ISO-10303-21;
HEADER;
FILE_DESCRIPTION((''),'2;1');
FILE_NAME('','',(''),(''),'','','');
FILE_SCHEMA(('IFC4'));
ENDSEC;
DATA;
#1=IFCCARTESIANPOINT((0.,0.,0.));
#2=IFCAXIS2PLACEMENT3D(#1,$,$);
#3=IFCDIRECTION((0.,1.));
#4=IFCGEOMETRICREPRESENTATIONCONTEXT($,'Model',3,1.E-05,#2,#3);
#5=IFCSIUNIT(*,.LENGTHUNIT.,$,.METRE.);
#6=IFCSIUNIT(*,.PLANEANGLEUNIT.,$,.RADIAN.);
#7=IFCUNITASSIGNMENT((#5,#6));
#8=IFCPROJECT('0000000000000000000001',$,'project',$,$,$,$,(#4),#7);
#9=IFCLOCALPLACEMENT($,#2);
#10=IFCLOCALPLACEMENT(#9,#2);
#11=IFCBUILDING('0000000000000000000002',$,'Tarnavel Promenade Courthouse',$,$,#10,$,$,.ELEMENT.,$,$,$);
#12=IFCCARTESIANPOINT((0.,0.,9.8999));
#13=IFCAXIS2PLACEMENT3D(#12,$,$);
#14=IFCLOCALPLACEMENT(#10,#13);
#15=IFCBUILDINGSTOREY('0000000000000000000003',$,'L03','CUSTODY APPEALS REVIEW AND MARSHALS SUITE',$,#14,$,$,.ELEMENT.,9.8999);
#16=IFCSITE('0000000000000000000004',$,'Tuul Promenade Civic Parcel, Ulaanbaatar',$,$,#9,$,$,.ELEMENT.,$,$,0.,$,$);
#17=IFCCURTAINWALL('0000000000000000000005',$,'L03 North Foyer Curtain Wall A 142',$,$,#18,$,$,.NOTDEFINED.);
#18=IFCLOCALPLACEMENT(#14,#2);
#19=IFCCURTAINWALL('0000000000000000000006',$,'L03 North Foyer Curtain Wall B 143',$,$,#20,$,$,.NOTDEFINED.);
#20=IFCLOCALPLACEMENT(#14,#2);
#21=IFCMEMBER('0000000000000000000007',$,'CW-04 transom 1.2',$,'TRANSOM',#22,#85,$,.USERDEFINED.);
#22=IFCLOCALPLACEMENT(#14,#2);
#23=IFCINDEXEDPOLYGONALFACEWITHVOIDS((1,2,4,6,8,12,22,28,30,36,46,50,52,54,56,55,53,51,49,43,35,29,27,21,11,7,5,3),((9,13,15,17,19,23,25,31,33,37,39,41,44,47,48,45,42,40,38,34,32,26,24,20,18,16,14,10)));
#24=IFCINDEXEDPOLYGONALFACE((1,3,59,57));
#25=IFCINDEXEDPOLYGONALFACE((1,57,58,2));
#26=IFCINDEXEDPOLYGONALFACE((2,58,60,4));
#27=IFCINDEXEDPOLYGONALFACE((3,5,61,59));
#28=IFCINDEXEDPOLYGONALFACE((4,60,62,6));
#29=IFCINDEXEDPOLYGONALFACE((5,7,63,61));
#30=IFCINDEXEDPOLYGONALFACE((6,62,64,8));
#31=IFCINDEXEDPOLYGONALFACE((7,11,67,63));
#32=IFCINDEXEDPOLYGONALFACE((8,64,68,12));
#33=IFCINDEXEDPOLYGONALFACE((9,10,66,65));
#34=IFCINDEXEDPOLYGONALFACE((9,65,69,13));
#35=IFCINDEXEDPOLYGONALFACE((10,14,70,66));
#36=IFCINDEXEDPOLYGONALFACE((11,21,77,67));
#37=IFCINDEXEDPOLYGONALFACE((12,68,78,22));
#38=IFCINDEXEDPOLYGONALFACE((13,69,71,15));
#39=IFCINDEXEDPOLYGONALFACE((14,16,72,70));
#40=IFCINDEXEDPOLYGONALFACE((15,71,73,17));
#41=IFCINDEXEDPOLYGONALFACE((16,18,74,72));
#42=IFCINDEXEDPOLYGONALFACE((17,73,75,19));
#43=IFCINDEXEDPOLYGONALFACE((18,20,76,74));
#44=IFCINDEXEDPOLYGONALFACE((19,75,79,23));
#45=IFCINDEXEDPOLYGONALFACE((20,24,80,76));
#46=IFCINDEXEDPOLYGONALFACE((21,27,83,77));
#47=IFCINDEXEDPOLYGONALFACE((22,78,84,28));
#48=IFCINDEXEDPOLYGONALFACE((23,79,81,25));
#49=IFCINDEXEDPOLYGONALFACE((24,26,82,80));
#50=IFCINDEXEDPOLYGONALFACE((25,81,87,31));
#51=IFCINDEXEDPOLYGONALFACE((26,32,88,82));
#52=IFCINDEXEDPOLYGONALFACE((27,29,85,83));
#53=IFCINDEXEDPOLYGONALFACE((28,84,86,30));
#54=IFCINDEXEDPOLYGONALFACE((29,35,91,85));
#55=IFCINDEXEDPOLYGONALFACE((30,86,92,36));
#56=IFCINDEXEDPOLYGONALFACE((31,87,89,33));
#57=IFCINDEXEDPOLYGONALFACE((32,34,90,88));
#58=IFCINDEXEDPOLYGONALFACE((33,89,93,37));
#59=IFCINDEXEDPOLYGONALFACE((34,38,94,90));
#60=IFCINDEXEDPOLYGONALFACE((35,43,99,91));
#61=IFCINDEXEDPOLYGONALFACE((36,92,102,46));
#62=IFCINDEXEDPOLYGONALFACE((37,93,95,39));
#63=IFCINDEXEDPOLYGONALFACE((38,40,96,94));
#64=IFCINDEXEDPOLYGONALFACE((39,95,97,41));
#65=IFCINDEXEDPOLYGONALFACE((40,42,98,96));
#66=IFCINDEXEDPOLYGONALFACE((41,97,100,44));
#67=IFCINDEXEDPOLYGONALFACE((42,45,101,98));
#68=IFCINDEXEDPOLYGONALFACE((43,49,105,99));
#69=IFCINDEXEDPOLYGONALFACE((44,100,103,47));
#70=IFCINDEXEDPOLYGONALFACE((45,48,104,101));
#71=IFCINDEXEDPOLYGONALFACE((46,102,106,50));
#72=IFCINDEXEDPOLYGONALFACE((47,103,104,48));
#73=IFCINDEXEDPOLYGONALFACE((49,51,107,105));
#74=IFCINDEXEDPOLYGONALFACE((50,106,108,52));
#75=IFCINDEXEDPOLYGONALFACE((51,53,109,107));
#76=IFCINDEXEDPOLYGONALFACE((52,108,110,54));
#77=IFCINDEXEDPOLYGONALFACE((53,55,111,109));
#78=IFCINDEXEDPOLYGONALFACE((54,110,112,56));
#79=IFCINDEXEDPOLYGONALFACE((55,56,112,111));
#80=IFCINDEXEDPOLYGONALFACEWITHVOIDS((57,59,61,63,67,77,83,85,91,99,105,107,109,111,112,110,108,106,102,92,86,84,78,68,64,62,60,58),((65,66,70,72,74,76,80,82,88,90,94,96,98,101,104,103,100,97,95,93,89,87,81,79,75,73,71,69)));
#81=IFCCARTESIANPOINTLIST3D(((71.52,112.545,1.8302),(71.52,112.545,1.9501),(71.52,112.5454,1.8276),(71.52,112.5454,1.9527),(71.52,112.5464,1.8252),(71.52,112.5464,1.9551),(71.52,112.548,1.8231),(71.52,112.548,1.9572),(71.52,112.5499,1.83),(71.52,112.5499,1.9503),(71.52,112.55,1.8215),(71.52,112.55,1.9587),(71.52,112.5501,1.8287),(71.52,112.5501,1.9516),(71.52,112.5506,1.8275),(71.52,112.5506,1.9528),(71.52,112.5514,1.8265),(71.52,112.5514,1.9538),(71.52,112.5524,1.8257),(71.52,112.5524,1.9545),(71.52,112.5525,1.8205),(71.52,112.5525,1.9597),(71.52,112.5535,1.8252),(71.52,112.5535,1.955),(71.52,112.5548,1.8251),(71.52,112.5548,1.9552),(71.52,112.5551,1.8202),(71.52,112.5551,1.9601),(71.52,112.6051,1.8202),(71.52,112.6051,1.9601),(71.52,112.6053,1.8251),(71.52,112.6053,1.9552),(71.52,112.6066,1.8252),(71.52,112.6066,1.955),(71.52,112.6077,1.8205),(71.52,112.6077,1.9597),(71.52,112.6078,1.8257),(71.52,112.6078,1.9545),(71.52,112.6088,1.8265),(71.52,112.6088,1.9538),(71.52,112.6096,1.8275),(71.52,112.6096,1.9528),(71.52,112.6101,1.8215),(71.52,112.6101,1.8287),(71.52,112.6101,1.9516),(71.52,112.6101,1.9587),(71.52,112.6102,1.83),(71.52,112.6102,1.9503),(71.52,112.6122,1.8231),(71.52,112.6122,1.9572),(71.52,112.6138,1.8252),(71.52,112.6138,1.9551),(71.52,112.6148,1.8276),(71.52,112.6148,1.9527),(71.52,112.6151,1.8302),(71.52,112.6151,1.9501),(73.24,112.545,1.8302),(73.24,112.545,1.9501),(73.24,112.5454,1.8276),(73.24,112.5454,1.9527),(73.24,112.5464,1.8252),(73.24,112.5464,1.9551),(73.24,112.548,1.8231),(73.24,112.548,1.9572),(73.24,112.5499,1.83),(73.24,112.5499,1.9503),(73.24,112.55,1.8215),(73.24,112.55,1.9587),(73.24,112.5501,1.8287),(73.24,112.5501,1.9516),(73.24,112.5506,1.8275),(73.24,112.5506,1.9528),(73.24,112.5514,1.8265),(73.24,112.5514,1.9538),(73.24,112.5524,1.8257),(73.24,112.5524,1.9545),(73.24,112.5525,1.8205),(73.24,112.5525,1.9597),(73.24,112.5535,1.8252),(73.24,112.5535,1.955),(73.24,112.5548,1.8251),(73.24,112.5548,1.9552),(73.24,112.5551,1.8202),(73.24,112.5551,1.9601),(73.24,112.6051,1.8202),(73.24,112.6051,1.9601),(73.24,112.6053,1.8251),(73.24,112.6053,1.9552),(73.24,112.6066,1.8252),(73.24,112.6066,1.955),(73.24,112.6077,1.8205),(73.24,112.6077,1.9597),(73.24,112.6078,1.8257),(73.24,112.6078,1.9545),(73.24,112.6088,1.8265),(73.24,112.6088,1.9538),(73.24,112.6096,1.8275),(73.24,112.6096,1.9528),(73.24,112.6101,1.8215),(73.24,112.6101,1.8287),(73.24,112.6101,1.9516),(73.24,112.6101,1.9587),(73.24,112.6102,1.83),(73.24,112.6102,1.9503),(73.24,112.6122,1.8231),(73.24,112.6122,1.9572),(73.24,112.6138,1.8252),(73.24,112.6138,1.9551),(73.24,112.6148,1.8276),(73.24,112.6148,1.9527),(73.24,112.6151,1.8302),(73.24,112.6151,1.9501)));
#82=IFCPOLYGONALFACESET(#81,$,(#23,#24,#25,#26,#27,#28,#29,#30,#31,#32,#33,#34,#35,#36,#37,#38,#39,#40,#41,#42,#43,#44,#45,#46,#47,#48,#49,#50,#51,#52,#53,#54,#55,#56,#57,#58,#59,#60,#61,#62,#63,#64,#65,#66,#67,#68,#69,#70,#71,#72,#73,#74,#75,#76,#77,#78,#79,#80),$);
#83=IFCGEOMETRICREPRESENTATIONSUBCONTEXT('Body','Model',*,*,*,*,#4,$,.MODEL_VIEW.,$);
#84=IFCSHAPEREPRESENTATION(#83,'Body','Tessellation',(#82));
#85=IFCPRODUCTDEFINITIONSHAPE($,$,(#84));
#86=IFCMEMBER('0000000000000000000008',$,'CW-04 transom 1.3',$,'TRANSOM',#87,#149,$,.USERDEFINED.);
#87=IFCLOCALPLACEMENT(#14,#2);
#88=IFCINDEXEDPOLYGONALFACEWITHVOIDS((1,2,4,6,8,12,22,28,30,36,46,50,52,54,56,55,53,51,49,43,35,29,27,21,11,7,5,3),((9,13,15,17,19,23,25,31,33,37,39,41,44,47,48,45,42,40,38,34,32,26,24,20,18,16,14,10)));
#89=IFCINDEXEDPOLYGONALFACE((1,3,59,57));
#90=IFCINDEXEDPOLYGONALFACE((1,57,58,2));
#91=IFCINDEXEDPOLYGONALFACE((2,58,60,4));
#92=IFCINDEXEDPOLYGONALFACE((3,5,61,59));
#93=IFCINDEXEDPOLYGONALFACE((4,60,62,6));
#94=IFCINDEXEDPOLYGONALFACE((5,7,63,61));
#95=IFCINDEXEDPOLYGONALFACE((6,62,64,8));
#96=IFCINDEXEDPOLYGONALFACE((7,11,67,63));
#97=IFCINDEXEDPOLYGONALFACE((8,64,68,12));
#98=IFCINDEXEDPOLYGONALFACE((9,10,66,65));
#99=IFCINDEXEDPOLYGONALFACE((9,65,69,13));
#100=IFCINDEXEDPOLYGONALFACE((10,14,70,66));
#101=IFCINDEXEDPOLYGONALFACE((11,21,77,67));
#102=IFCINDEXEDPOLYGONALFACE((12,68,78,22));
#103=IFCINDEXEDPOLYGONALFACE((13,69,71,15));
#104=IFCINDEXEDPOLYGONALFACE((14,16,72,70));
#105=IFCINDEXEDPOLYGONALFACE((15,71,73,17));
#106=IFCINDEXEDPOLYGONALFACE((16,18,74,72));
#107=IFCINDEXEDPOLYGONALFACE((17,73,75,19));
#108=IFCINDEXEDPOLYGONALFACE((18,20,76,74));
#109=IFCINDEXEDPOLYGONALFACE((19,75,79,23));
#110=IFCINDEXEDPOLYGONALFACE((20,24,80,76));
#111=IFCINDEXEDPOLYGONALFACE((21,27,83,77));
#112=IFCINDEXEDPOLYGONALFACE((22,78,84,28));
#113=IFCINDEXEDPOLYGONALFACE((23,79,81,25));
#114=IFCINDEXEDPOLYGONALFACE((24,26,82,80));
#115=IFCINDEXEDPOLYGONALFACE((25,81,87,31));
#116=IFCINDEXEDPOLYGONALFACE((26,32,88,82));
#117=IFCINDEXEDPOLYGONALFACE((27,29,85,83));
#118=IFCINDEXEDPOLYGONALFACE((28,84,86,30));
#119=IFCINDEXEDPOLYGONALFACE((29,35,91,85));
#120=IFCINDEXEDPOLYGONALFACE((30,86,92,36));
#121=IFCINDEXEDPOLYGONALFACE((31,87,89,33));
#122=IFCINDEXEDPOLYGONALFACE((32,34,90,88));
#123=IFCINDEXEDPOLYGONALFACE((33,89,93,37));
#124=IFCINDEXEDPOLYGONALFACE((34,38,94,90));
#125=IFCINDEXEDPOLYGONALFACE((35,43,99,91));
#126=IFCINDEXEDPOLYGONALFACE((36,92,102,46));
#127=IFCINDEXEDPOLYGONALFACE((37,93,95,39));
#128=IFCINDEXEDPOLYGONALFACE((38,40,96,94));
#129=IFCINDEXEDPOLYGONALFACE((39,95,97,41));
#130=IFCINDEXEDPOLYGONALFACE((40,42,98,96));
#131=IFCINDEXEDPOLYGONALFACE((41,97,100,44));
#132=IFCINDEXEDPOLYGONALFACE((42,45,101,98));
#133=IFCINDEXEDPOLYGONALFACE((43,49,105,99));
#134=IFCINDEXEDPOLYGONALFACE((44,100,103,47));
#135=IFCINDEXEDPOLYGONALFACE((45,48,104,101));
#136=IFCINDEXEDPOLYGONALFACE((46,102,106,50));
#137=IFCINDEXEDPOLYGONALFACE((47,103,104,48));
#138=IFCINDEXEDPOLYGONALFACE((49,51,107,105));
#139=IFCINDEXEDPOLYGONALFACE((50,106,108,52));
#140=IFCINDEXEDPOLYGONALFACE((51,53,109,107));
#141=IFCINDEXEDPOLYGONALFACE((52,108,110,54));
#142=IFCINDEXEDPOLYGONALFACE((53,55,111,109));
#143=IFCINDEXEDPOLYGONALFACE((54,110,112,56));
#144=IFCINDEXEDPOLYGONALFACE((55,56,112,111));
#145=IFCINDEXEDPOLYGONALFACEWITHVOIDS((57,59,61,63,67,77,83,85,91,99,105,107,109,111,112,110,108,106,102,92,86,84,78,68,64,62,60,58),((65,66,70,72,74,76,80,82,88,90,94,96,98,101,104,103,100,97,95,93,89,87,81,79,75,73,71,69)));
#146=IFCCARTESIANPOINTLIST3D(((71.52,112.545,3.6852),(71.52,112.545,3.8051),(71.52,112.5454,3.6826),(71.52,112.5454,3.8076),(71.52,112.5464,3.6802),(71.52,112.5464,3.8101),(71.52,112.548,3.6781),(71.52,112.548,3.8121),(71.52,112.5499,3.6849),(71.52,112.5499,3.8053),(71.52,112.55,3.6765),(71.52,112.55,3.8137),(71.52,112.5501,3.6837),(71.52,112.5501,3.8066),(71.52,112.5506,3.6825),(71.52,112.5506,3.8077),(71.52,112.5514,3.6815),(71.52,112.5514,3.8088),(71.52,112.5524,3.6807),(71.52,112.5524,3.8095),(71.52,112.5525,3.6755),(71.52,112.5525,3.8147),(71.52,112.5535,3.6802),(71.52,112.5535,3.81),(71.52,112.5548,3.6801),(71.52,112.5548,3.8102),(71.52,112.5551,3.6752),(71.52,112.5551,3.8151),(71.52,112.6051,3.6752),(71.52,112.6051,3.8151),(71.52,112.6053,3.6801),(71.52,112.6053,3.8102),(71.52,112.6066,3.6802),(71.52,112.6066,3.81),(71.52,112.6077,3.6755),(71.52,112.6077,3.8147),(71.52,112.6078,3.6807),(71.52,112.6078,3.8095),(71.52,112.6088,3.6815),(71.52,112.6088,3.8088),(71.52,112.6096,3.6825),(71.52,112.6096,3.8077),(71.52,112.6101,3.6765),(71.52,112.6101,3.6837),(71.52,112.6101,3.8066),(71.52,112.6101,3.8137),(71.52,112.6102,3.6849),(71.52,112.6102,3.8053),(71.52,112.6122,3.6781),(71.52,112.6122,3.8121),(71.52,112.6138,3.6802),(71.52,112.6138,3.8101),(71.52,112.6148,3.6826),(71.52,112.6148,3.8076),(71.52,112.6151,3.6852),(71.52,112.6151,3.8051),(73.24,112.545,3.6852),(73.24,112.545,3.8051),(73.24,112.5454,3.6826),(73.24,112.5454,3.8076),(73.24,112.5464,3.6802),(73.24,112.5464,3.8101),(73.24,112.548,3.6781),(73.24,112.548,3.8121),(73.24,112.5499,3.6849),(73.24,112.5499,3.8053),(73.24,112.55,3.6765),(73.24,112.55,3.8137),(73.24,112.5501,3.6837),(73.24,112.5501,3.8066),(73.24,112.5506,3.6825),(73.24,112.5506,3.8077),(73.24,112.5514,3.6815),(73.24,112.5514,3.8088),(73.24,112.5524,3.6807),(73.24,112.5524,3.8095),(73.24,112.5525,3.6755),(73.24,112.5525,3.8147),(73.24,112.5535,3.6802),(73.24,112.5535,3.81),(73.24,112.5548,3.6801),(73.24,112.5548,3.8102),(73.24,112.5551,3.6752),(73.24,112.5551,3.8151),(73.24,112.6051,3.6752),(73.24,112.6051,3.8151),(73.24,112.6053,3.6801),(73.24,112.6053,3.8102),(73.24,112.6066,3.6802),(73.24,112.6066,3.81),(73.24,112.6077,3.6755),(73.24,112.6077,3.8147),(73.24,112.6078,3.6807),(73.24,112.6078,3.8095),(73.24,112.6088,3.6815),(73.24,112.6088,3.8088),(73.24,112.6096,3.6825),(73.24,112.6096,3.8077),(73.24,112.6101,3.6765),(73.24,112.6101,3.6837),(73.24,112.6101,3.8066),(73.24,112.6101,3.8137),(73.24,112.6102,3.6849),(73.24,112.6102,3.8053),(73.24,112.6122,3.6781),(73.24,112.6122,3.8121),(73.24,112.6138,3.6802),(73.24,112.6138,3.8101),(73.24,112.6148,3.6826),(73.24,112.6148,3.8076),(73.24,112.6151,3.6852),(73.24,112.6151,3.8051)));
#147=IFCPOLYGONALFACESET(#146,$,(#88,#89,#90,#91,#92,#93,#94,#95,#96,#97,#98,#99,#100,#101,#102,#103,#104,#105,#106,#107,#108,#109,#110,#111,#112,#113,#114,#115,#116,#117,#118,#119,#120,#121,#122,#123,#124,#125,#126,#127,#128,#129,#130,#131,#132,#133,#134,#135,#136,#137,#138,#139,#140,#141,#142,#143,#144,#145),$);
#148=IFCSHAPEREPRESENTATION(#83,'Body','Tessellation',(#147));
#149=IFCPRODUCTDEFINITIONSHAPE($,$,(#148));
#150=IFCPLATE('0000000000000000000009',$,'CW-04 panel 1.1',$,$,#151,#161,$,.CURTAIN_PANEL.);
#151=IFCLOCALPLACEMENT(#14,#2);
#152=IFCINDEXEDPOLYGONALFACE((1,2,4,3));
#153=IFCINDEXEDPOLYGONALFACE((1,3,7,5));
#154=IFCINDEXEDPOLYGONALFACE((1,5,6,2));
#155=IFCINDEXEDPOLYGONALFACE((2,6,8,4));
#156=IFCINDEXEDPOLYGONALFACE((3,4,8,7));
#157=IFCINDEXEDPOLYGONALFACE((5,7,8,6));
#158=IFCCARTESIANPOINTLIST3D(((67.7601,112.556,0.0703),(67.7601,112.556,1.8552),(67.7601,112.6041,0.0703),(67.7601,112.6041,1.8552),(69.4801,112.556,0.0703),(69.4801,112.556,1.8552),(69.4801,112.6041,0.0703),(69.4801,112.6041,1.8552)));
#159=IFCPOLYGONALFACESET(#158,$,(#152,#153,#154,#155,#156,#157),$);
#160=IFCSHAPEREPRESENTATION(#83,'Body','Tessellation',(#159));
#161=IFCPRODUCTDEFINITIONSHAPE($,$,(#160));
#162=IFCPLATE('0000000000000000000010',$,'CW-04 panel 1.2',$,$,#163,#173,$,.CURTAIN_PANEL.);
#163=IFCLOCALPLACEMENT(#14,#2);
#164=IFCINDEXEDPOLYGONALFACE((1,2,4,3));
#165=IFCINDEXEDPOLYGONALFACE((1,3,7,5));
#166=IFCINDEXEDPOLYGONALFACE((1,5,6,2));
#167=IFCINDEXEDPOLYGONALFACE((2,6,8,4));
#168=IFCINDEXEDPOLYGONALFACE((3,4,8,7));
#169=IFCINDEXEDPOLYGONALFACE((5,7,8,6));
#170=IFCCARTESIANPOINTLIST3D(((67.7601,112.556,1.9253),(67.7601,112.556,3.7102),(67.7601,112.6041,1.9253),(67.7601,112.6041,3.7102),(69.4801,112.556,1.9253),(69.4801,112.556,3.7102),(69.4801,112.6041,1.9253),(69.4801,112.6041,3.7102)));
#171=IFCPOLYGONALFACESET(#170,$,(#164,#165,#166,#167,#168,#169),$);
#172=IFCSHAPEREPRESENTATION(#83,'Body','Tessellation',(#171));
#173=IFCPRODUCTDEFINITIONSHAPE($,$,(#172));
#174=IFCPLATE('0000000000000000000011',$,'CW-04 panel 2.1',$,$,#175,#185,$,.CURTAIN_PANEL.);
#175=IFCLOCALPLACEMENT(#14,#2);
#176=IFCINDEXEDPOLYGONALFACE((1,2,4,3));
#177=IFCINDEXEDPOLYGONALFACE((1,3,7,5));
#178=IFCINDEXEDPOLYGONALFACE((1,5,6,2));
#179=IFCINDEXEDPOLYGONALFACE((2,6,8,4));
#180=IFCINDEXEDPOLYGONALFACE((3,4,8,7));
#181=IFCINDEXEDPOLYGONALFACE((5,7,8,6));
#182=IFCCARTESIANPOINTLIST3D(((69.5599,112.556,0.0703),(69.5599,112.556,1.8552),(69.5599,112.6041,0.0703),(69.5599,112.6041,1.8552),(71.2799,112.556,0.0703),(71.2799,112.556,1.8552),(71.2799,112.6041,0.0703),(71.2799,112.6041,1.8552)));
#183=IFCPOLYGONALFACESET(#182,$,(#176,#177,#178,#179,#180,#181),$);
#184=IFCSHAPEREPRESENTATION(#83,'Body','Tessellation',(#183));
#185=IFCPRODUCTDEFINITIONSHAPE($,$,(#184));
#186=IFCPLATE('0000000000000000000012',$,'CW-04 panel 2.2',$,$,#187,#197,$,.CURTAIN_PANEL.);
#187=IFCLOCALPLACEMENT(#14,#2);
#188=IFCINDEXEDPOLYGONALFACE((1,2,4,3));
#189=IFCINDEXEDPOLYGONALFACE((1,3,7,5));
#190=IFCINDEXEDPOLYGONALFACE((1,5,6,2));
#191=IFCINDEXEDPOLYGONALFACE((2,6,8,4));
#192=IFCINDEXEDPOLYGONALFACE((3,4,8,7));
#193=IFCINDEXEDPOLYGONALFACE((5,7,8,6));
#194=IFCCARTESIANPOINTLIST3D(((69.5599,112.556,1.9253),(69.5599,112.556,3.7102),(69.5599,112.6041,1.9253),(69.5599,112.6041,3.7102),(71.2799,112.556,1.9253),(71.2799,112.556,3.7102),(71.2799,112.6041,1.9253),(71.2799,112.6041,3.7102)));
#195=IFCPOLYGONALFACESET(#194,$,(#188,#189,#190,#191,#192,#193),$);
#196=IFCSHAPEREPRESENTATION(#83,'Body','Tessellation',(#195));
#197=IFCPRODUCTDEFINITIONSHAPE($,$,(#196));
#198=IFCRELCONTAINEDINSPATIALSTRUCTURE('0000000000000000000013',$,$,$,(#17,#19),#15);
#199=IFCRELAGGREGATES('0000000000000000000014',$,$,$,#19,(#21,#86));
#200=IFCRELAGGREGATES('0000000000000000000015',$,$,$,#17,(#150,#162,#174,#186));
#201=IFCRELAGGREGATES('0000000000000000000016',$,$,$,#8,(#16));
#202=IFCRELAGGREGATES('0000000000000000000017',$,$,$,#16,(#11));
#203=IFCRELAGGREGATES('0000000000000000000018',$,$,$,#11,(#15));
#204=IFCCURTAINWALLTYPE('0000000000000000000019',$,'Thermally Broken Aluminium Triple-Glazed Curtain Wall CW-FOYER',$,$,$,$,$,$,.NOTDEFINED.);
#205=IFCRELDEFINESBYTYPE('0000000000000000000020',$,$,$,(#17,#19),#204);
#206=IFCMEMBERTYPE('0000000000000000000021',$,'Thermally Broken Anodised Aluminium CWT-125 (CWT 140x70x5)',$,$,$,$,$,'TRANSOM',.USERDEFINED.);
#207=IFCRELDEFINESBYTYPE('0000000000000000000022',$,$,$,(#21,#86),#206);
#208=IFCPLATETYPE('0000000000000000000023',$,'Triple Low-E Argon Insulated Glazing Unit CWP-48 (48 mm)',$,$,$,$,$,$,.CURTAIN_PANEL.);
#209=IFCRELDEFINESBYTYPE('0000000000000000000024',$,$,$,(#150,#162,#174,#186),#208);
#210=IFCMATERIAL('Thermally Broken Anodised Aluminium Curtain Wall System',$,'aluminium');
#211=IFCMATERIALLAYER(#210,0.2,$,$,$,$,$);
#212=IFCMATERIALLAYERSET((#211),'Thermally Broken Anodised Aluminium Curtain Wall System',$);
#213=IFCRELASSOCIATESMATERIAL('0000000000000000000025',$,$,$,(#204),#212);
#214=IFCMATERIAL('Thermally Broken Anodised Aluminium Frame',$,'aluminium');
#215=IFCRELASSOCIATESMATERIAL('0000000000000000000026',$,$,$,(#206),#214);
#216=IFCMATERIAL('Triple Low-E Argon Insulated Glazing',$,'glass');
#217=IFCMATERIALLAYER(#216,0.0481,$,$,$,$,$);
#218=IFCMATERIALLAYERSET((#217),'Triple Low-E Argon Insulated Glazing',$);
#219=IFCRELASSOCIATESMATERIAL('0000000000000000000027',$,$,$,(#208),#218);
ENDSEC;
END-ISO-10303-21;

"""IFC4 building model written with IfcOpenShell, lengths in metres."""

from ifc_helpers import new_model, si_unit, direction, frame, origin, origin_2d, place, context, subcontext, project, spatial, rectangle, hollow_rectangle, extrude, material, layer, layer_set, material_profile, profile_set, type_object, element, aggregate, save


model = new_model("IFC4")

# Units and contexts
model_context = context("Model", 3, precision=1e-05, world=origin(), true_north=direction((0.0, 1.0)))
body_context = subcontext(model_context, "Body", "Model", "MODEL_VIEW")
ifc_project = project(units=[si_unit("LENGTHUNIT", "METRE"), si_unit("PLANEANGLEUNIT", "RADIAN")], contexts=[model_context])

# Site, building, storey
site_placement = place(None, origin())
site = spatial("IfcSite", under=ifc_project, at=site_placement, Name="Tuul Promenade Civic Parcel, Ulaanbaatar", CompositionType="ELEMENT", RefElevation=0.0)
building_placement = place(site_placement, origin())
building = spatial("IfcBuilding", under=site, at=building_placement, Name="Tarnavel Promenade Courthouse", CompositionType="ELEMENT")
storey_placement = place(building_placement, frame((0.0, 0.0, 9.8999)))
storey = spatial("IfcBuildingStorey", under=building, at=storey_placement, Name="L03", Description="CUSTODY APPEALS REVIEW AND MARSHALS SUITE", CompositionType="ELEMENT", Elevation=9.8999)

# Curtain wall
ifc_material_1 = material(Name="Thermally Broken Anodised Aluminium Curtain Wall System", Category="aluminium")
ifc_layer_1 = layer(ifc_material_1, 0.2)
ifc_layer_set_1 = layer_set([ifc_layer_1], Name="Thermally Broken Anodised Aluminium Curtain Wall System")
curtain_wall_type = type_object("IfcCurtainWallType", Name="Thermally Broken Aluminium Triple-Glazed Curtain Wall CW-FOYER", PredefinedType="NOTDEFINED", material=ifc_layer_set_1)
curtain_wall_1_placement = place(storey_placement, origin())
curtain_wall_1 = element("IfcCurtainWall", 1, at=curtain_wall_1_placement, inside=storey, type_object=curtain_wall_type, Name="L03 North Foyer Curtain Wall A 142", PredefinedType="NOTDEFINED")
ifc_material_2 = material(Name="Thermally Broken Anodised Aluminium Frame", Category="aluminium")

# Curtain wall
curtain_wall_2_placement = place(storey_placement, origin())
curtain_wall_2 = element("IfcCurtainWall", 2, at=curtain_wall_2_placement, inside=storey, type_object=curtain_wall_type, Name="L03 North Foyer Curtain Wall B 143", PredefinedType="NOTDEFINED")

# Members
ifc_material_profile_1 = material_profile(ifc_material_2, hollow_rectangle(XDim=0.0701, YDim=0.1399, WallThickness=0.0049, InnerFilletRadius=0.0049, OuterFilletRadius=0.01, at=origin_2d()), Name="CWT 140x70x5")
ifc_profile_set_1 = profile_set([ifc_material_profile_1], Name="Thermally Broken Anodised Aluminium Frame")
member_type_1 = type_object("IfcMemberType", Name="Thermally Broken Anodised Aluminium CWT-125 (CWT 140x70x5)", ElementType="TRANSOM", PredefinedType="USERDEFINED", material=ifc_profile_set_1)
member_1_placement = place(storey_placement, frame((71.52, 112.5801, 1.8901), z_axis=(1.0, 0.0, 0.0), x_axis=(0.0, 1.0, 0.0)))
member_1 = element("IfcMember", 3, at=member_1_placement, type_object=member_type_1, Name="CW-04 transom 1.2", ObjectType="TRANSOM", PredefinedType="USERDEFINED", context=body_context, shape_type="SweptSolid", body=[
    extrude(hollow_rectangle(XDim=0.0701, YDim=0.1399, WallThickness=0.0049, InnerFilletRadius=0.0049, OuterFilletRadius=0.01, at=origin_2d()), origin(), (0.0, 0.0, 1.0), 1.72),
])
member_2_placement = place(storey_placement, frame((71.52, 112.5801, 3.7451), z_axis=(1.0, 0.0, 0.0), x_axis=(0.0, 1.0, 0.0)))
member_2 = element("IfcMember", 4, at=member_2_placement, type_object=member_type_1, Name="CW-04 transom 1.3", ObjectType="TRANSOM", PredefinedType="USERDEFINED", context=body_context, shape_type="SweptSolid", body=[
    extrude(hollow_rectangle(XDim=0.0701, YDim=0.1399, WallThickness=0.0049, InnerFilletRadius=0.0049, OuterFilletRadius=0.01, at=origin_2d()), origin(), (0.0, 0.0, 1.0), 1.72),
])
aggregate(curtain_wall_2, [member_1, member_2])

# Plates
ifc_material_3 = material(Name="Triple Low-E Argon Insulated Glazing", Category="glass")
ifc_layer_2 = layer(ifc_material_3, 0.0481)
ifc_layer_set_2 = layer_set([ifc_layer_2], Name="Triple Low-E Argon Insulated Glazing")
plate_type = type_object("IfcPlateType", Name="Triple Low-E Argon Insulated Glazing Unit CWP-48 (48 mm)", PredefinedType="CURTAIN_PANEL", material=ifc_layer_set_2)
plate_1_placement = place(storey_placement, frame((68.6201, 112.5801, 0.0703), z_axis=(0.0, 0.0, 1.0), x_axis=(1.0, 0.0, 0.0)))
plate_1 = element("IfcPlate", 5, at=plate_1_placement, type_object=plate_type, Name="CW-04 panel 1.1", PredefinedType="CURTAIN_PANEL", context=body_context, shape_type="SweptSolid", body=[
    extrude(rectangle(XDim=1.72, YDim=0.0481, at=origin_2d()), origin(), (0.0, 0.0, 1.0), 1.7849),
])
plate_2_placement = place(storey_placement, frame((68.6201, 112.5801, 1.9253), z_axis=(0.0, 0.0, 1.0), x_axis=(1.0, 0.0, 0.0)))
plate_2 = element("IfcPlate", 6, at=plate_2_placement, type_object=plate_type, Name="CW-04 panel 1.2", PredefinedType="CURTAIN_PANEL", context=body_context, shape_type="SweptSolid", body=[
    extrude(rectangle(XDim=1.72, YDim=0.0481, at=origin_2d()), origin(), (0.0, 0.0, 1.0), 1.7849),
])
plate_3_placement = place(storey_placement, frame((70.4199, 112.5801, 0.0703), z_axis=(0.0, 0.0, 1.0), x_axis=(1.0, 0.0, 0.0)))
plate_3 = element("IfcPlate", 7, at=plate_3_placement, type_object=plate_type, Name="CW-04 panel 2.1", PredefinedType="CURTAIN_PANEL", context=body_context, shape_type="SweptSolid", body=[
    extrude(rectangle(XDim=1.72, YDim=0.0481, at=origin_2d()), origin(), (0.0, 0.0, 1.0), 1.7849),
])
plate_4_placement = place(storey_placement, frame((70.4199, 112.5801, 1.9253), z_axis=(0.0, 0.0, 1.0), x_axis=(1.0, 0.0, 0.0)))
plate_4 = element("IfcPlate", 8, at=plate_4_placement, type_object=plate_type, Name="CW-04 panel 2.2", PredefinedType="CURTAIN_PANEL", context=body_context, shape_type="SweptSolid", body=[
    extrude(rectangle(XDim=1.72, YDim=0.0481, at=origin_2d()), origin(), (0.0, 0.0, 1.0), 1.7849),
])
aggregate(curtain_wall_1, [plate_1, plate_2, plate_3, plate_4])

save(model, "model.ifc")
